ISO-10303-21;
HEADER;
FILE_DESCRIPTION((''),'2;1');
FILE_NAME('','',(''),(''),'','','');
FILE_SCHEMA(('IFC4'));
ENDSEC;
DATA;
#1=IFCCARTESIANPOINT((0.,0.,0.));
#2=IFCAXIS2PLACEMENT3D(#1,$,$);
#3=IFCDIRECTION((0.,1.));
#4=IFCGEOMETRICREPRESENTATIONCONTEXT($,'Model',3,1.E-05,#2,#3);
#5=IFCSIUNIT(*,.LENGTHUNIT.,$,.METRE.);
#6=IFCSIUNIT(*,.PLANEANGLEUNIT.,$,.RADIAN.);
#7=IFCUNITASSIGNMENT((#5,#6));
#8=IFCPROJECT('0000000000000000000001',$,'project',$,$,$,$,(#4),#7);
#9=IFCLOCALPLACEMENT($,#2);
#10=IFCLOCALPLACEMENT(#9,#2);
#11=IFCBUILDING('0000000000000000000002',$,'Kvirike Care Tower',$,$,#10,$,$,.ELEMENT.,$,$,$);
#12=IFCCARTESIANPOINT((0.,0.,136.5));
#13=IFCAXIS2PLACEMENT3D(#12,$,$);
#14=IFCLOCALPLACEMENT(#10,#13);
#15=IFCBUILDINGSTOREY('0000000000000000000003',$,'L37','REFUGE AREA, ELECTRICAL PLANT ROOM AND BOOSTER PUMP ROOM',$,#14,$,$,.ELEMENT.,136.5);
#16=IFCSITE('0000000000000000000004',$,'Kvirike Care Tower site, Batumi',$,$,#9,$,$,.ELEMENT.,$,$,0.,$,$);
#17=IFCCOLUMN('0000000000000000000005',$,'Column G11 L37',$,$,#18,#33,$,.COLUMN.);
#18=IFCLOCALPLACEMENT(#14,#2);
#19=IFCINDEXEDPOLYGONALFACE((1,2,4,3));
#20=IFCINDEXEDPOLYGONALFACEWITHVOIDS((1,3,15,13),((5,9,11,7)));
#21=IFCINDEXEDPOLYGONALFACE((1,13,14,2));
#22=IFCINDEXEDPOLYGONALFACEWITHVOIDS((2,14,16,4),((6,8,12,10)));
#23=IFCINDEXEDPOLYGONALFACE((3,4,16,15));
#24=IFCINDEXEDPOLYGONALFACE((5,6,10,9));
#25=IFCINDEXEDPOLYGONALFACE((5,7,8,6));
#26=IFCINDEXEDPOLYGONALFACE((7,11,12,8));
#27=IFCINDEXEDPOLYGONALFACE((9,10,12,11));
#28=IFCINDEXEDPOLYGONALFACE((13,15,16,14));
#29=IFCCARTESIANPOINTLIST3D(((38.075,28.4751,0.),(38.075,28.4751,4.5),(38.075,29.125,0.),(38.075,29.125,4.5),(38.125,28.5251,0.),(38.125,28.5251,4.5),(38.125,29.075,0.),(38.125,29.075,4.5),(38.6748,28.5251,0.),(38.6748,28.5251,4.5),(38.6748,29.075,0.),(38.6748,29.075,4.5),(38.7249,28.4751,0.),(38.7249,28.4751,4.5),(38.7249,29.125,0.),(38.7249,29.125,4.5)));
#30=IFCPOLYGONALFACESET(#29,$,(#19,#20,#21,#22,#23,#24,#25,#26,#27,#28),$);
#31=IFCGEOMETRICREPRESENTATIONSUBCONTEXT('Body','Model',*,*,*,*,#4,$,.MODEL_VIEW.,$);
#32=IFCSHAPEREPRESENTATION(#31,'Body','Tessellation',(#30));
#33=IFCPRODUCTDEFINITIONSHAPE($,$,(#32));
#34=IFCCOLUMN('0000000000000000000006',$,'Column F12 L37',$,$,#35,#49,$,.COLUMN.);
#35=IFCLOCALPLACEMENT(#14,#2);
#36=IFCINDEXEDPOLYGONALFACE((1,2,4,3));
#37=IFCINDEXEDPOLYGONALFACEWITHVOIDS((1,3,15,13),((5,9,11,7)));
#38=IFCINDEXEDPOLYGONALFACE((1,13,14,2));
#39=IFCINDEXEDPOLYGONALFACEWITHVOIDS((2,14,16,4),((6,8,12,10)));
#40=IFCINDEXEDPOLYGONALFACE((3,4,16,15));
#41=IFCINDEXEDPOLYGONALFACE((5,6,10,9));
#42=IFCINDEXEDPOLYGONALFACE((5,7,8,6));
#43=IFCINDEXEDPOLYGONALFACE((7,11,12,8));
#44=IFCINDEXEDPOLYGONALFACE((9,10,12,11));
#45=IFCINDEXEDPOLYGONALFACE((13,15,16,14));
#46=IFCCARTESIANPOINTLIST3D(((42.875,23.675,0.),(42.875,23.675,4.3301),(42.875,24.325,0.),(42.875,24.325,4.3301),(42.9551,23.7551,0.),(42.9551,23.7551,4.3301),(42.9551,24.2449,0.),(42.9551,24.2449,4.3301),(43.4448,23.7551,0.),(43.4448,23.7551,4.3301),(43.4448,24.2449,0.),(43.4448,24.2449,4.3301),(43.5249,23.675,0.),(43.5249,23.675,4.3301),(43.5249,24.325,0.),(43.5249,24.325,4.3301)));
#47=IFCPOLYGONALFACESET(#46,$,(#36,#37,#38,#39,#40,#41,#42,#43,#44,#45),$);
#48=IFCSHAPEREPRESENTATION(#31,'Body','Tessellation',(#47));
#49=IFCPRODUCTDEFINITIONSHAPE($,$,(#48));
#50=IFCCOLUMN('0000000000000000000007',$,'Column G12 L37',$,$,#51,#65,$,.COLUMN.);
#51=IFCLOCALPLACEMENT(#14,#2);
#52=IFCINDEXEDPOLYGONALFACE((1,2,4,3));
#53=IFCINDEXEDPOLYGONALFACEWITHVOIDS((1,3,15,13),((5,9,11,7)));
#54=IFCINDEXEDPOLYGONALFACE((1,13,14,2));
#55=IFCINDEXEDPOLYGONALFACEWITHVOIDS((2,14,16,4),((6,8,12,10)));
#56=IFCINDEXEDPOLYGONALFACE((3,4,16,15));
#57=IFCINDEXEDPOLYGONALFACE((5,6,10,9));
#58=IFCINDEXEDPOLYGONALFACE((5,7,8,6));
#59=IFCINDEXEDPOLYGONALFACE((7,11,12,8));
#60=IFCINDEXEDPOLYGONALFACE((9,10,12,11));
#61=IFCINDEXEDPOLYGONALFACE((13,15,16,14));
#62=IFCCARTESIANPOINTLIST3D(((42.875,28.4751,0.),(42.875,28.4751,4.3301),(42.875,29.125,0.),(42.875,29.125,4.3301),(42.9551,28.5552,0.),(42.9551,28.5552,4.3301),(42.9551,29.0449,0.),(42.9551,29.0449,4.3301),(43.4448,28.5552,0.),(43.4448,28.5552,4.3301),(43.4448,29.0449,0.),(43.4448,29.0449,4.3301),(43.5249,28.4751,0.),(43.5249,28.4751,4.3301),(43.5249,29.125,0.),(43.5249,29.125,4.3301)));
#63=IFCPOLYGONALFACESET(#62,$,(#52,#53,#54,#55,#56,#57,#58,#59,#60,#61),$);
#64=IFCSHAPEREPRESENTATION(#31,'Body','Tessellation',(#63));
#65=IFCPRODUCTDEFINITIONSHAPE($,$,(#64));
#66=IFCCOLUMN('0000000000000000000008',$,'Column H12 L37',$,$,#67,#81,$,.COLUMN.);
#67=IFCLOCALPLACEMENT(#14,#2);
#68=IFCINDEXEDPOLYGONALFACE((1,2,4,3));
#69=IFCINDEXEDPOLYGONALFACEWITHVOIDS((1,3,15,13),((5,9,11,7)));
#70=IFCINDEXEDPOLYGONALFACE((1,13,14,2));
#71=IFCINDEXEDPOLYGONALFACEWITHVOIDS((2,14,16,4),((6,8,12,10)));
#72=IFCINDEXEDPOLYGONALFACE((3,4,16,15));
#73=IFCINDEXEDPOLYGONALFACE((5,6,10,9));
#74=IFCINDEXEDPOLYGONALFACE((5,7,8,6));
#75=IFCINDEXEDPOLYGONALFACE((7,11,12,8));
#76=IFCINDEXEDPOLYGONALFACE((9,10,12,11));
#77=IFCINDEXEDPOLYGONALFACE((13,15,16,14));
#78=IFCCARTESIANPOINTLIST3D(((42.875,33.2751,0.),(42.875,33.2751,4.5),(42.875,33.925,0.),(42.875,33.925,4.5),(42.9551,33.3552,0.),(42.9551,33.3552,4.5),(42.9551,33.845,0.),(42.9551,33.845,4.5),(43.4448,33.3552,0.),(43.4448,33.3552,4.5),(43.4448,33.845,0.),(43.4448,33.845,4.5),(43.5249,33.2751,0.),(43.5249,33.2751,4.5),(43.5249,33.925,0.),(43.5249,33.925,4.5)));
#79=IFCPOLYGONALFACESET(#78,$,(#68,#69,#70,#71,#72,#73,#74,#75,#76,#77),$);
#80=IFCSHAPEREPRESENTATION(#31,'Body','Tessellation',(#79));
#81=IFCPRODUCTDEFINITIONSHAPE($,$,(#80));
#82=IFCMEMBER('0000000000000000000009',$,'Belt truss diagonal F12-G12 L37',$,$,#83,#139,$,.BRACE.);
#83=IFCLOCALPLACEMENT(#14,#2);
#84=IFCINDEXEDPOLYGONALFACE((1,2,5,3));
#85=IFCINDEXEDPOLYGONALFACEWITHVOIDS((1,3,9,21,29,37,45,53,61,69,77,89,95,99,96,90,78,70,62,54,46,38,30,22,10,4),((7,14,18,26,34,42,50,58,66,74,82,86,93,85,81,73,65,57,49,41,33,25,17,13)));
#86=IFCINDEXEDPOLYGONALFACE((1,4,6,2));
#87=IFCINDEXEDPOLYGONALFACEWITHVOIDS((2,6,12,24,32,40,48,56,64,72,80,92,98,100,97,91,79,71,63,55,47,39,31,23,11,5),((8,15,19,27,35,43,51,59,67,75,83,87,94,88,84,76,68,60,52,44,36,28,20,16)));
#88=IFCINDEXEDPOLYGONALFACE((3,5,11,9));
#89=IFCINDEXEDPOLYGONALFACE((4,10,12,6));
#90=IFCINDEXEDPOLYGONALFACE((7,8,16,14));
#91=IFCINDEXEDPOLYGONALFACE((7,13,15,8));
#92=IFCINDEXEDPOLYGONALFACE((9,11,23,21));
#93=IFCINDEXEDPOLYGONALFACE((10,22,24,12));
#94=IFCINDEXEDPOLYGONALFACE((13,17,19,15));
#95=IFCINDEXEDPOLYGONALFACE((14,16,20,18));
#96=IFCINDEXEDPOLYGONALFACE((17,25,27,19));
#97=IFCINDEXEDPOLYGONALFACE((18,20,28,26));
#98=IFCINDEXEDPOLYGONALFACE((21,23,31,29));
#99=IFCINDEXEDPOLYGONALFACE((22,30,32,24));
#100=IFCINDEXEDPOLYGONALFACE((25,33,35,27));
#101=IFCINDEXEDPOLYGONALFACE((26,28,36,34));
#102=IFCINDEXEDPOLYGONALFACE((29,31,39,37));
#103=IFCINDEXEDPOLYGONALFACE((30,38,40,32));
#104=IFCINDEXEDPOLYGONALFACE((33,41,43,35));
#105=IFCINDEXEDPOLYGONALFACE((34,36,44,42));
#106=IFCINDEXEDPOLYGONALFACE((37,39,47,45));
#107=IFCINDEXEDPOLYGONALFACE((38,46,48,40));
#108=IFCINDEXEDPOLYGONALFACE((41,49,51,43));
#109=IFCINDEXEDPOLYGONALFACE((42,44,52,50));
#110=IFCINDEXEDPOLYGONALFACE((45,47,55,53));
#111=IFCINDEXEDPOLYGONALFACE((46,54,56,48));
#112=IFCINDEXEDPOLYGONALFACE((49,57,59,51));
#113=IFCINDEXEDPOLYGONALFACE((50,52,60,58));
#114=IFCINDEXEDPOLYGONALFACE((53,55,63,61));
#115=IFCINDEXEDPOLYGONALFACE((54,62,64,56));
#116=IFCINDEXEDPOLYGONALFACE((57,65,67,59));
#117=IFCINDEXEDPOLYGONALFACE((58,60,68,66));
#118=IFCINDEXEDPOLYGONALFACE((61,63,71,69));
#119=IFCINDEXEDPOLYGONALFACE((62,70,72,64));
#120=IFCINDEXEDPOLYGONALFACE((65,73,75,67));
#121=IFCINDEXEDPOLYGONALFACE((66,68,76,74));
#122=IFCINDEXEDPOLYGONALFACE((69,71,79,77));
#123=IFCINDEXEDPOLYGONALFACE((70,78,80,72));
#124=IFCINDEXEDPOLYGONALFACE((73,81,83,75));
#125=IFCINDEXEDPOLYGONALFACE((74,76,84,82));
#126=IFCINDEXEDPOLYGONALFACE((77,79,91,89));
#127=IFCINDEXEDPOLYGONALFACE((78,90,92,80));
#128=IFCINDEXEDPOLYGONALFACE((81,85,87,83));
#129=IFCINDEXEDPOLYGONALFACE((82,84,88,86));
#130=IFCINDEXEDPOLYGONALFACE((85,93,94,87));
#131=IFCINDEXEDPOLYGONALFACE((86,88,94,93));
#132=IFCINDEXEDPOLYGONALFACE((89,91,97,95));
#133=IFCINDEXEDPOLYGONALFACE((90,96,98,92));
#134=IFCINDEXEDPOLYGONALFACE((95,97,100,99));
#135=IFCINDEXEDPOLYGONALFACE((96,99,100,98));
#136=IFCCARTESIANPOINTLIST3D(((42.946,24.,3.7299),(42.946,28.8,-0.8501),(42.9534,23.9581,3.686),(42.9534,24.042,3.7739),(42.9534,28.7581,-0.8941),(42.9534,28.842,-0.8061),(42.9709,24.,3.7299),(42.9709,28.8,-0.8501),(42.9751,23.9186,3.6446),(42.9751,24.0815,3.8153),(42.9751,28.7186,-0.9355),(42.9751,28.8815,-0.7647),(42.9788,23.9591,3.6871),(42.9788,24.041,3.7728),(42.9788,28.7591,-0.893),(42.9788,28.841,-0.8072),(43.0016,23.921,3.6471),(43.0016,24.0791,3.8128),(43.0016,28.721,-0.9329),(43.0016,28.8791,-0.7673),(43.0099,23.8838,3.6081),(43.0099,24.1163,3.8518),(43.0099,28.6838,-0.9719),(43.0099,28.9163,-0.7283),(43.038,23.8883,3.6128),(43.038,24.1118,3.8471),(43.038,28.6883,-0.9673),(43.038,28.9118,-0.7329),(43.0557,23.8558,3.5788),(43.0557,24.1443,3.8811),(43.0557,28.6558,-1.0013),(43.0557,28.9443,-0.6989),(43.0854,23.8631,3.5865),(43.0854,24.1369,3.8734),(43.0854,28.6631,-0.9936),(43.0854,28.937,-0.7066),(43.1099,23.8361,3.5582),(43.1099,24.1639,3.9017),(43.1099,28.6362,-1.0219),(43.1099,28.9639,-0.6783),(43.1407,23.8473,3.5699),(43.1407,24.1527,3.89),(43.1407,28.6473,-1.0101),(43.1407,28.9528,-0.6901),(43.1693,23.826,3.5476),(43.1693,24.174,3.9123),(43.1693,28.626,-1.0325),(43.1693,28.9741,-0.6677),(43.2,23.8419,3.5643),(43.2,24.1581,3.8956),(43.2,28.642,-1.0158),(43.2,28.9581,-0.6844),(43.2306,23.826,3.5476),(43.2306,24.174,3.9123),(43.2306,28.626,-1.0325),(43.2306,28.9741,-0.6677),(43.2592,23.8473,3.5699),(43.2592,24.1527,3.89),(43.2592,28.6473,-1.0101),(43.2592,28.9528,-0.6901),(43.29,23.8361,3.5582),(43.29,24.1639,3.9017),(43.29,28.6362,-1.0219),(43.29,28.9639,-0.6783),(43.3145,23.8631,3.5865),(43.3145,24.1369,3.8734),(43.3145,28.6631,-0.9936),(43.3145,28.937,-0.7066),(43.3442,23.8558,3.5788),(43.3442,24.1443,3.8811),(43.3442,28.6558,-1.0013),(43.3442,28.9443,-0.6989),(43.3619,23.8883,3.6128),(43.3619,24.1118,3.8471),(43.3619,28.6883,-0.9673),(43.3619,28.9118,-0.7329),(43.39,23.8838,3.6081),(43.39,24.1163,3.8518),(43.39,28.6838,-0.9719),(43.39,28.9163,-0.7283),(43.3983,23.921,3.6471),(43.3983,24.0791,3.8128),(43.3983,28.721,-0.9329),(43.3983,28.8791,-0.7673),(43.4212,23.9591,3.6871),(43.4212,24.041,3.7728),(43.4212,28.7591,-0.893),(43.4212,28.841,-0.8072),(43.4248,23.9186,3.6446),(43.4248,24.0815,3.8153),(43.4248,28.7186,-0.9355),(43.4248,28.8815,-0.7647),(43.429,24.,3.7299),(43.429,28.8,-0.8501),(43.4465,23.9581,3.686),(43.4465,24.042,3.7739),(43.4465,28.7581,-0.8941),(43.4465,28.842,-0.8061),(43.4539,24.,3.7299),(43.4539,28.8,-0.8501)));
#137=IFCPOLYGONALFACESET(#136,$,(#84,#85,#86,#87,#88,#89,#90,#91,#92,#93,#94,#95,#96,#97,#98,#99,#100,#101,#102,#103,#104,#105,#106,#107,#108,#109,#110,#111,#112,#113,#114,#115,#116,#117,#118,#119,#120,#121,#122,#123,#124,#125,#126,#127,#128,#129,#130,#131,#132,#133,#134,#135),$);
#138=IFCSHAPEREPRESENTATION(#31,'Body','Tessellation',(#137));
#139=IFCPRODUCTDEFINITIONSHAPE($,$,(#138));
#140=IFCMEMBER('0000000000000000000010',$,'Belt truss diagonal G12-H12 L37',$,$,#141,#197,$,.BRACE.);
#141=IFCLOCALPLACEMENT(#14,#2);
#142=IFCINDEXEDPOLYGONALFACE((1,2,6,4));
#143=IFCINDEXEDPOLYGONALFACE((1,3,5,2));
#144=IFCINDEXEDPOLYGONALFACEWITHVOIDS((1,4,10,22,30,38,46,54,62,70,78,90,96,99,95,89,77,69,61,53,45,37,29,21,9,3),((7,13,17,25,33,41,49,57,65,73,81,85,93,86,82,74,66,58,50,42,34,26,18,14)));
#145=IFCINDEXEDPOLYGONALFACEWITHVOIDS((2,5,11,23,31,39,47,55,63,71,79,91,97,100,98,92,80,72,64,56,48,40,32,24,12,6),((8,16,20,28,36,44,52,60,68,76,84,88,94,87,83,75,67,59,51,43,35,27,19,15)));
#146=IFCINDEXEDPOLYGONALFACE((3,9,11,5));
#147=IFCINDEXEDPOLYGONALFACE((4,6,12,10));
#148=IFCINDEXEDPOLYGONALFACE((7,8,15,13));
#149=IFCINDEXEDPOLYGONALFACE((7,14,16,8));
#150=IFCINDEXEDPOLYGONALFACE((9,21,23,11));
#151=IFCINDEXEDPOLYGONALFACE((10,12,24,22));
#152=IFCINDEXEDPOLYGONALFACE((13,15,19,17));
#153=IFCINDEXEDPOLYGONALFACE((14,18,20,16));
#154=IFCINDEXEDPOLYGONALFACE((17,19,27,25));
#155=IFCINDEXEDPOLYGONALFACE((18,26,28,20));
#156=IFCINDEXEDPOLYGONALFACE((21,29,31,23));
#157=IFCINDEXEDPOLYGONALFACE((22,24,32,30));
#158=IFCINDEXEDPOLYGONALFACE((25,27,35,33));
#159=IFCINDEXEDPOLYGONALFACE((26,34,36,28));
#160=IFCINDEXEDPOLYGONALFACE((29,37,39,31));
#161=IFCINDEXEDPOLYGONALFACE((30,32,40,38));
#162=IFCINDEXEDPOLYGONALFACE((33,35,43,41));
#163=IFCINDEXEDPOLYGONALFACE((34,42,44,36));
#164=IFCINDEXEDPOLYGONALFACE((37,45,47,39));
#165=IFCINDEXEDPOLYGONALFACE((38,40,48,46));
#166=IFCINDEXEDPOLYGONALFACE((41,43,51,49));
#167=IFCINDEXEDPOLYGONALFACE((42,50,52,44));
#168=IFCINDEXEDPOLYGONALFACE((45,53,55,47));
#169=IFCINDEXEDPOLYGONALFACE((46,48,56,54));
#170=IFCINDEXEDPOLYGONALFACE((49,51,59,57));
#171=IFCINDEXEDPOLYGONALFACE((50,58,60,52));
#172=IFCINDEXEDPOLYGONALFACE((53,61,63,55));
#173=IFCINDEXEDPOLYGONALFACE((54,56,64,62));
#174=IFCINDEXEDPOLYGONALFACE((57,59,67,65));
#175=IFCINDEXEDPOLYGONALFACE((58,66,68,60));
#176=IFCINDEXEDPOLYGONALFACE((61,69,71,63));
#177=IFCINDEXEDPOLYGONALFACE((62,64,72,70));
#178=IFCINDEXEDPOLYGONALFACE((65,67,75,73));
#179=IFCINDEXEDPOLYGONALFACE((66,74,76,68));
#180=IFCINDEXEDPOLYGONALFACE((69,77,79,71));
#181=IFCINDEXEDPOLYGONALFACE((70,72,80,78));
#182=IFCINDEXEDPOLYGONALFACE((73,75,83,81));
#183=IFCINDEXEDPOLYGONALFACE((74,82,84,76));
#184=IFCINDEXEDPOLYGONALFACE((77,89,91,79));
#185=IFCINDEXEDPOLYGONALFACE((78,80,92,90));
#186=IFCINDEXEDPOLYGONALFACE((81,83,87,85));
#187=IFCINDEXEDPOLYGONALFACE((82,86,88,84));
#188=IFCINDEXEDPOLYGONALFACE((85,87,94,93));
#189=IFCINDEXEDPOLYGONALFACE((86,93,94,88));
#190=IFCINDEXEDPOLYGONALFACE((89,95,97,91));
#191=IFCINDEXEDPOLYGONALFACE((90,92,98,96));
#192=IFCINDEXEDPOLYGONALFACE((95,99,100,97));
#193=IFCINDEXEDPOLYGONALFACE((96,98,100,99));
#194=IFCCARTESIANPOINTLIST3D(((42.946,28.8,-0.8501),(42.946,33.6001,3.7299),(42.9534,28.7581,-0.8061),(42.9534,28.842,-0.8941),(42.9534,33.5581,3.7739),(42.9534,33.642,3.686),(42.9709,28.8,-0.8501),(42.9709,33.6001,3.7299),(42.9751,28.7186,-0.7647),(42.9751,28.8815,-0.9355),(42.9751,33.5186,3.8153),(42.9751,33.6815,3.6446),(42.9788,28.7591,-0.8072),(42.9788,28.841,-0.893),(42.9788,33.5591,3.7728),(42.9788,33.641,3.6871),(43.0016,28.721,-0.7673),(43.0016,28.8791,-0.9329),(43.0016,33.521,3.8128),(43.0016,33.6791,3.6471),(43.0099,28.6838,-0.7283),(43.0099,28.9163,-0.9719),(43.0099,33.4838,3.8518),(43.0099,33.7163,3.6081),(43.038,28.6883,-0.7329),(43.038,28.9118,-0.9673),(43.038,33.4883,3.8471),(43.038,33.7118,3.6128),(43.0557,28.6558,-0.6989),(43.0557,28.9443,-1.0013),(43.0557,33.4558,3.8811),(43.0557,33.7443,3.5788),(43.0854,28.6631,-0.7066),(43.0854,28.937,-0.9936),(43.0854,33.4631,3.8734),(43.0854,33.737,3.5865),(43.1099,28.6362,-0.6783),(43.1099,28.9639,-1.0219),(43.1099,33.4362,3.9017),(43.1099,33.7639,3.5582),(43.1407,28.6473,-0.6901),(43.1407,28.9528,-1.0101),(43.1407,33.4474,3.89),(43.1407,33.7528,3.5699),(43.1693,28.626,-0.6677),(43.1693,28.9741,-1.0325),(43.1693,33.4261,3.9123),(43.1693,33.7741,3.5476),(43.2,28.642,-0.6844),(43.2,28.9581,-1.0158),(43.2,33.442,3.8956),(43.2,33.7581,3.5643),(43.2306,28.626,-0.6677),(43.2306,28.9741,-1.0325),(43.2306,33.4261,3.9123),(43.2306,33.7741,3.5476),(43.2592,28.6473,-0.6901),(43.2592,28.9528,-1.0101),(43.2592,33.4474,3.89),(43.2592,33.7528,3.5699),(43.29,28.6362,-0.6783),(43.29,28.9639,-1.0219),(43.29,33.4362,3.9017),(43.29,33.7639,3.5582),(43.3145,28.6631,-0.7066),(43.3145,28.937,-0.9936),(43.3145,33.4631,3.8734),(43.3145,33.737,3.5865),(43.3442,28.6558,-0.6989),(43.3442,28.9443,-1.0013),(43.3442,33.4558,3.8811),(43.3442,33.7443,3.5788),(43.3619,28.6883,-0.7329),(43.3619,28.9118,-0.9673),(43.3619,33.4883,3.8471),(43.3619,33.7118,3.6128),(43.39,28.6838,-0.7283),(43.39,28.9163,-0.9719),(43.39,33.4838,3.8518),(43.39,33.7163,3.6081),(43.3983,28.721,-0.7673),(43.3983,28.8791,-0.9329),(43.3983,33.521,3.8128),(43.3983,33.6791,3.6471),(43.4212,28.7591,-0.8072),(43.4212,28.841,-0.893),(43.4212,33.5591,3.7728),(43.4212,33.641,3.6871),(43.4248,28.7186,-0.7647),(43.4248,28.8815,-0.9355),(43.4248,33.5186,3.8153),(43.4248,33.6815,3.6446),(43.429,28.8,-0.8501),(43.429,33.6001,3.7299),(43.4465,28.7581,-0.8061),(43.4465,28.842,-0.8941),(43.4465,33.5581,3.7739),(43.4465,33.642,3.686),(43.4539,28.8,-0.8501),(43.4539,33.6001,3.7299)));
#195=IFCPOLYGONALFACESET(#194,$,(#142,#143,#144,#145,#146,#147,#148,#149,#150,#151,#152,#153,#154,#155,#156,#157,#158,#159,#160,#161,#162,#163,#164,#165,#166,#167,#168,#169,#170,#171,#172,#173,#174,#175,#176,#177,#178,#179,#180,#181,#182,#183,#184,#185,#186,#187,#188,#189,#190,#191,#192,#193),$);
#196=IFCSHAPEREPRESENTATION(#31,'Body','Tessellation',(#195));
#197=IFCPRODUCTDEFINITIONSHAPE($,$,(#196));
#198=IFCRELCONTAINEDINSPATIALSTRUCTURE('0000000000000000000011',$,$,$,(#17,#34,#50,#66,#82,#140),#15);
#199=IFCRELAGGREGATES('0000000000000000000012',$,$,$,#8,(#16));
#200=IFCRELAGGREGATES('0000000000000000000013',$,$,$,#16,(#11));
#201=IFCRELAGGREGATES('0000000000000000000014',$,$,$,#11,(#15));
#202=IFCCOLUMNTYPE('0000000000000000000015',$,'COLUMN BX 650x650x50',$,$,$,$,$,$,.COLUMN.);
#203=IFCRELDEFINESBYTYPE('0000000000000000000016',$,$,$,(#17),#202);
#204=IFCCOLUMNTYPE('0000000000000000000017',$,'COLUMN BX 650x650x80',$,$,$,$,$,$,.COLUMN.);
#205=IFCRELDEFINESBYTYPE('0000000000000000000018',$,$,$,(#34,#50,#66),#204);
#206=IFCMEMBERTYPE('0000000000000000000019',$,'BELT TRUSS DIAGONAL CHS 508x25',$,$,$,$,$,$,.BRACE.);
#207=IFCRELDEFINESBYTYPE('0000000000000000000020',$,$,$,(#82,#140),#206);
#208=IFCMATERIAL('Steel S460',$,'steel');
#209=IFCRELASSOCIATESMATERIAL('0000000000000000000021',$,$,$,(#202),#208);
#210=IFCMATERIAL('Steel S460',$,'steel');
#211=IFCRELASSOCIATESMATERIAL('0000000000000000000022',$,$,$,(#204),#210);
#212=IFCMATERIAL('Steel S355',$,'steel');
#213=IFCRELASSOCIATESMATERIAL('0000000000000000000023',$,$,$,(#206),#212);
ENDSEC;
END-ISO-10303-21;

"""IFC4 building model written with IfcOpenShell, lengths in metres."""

from ifc_helpers import new_model, si_unit, direction, frame, origin, origin_2d, place, context, subcontext, project, spatial, hollow_rectangle, hollow_circle, extrude, material, material_profile, profile_set, type_object, element, save


model = new_model("IFC4")

# Units and contexts
model_context = context("Model", 3, precision=1e-05, world=origin(), true_north=direction((0.0, 1.0)))
body_context = subcontext(model_context, "Body", "Model", "MODEL_VIEW")
ifc_project = project(units=[si_unit("LENGTHUNIT", "METRE"), si_unit("PLANEANGLEUNIT", "RADIAN")], contexts=[model_context])

# Site, building, storey
site_placement = place(None, origin())
site = spatial("IfcSite", under=ifc_project, at=site_placement, Name="Kvirike Care Tower site, Batumi", CompositionType="ELEMENT", RefElevation=0.0)
building_placement = place(site_placement, origin())
building = spatial("IfcBuilding", under=site, at=building_placement, Name="Kvirike Care Tower", CompositionType="ELEMENT")
storey_placement = place(building_placement, frame((0.0, 0.0, 136.5)))
storey = spatial("IfcBuildingStorey", under=building, at=storey_placement, Name="L37", Description="REFUGE AREA, ELECTRICAL PLANT ROOM AND BOOSTER PUMP ROOM", CompositionType="ELEMENT", Elevation=136.5)

# Columns
ifc_material_1 = material(Name="Steel S460", Category="steel")
ifc_material_profile_1 = material_profile(ifc_material_1, hollow_rectangle(XDim=0.6499, YDim=0.6499, WallThickness=0.05, at=origin_2d()), Name="BX 650x650x50")
ifc_profile_set_1 = profile_set([ifc_material_profile_1], Name="Steel S460")
column_type_1 = type_object("IfcColumnType", Name="COLUMN BX 650x650x50", PredefinedType="COLUMN", material=ifc_profile_set_1)
column_1_placement = place(storey_placement, frame((38.3999, 28.8, 0.0), z_axis=(0.0, 0.0, 1.0), x_axis=(0.0, 1.0, 0.0)))
element("IfcColumn", 1, at=column_1_placement, inside=storey, type_object=column_type_1, Name="Column G11 L37", PredefinedType="COLUMN", context=body_context, shape_type="SweptSolid", body=[
    extrude(hollow_rectangle(XDim=0.6499, YDim=0.6499, WallThickness=0.05, at=origin_2d()), origin(), (0.0, 0.0, 1.0), 4.5),
])
ifc_material_2 = material(Name="Steel S460", Category="steel")
ifc_material_profile_2 = material_profile(ifc_material_2, hollow_rectangle(XDim=0.6499, YDim=0.6499, WallThickness=0.0801, at=origin_2d()), Name="BX 650x650x80")
ifc_profile_set_2 = profile_set([ifc_material_profile_2], Name="Steel S460")
column_type_2 = type_object("IfcColumnType", Name="COLUMN BX 650x650x80", PredefinedType="COLUMN", material=ifc_profile_set_2)
for number, where, z_axis, x_axis, name in (
    (2, (43.2, 24.0, 0.0), (0.0, 0.0, 1.0), (1.0, 0.0, 0.0), "Column F12 L37"),
    (3, (43.2, 28.8, 0.0), (0.0, 0.0, 1.0), (0.0, 1.0, 0.0), "Column G12 L37"),
):
    element("IfcColumn", number, at=place(storey_placement, frame(where, z_axis=z_axis, x_axis=x_axis)), inside=storey, type_object=column_type_2, Name=name, PredefinedType="COLUMN", context=body_context, shape_type="SweptSolid", body=[
        extrude(hollow_rectangle(XDim=0.6499, YDim=0.6499, WallThickness=0.0801, at=origin_2d()), origin(), (0.0, 0.0, 1.0), 4.3301),
    ])
column_2_placement = place(storey_placement, frame((43.2, 33.6001, 0.0), z_axis=(0.0, 0.0, 1.0), x_axis=(1.0, 0.0, 0.0)))
element("IfcColumn", 4, at=column_2_placement, inside=storey, type_object=column_type_2, Name="Column H12 L37", PredefinedType="COLUMN", context=body_context, shape_type="SweptSolid", body=[
    extrude(hollow_rectangle(XDim=0.6499, YDim=0.6499, WallThickness=0.0801, at=origin_2d()), origin(), (0.0, 0.0, 1.0), 4.5),
])

# Members
ifc_material_3 = material(Name="Steel S355", Category="steel")
ifc_material_profile_3 = material_profile(ifc_material_3, hollow_circle(Radius=0.2539, WallThickness=0.0249, at=origin_2d()), Name="CHS 508x25")
ifc_profile_set_3 = profile_set([ifc_material_profile_3], Name="Steel S355")
member_type_1 = type_object("IfcMemberType", Name="BELT TRUSS DIAGONAL CHS 508x25", PredefinedType="BRACE", material=ifc_profile_set_3)
for number, where, z_axis, x_axis, name in (
    (5, (43.2, 28.8, -0.8501), (0.0, -0.72349, 0.690335), (1.0, 0.0, 0.0), "Belt truss diagonal F12-G12 L37"),
    (6, (43.2, 28.8, -0.8501), (0.0, 0.72349, 0.690335), (-1.0, 0.0, 0.0), "Belt truss diagonal G12-H12 L37"),
):
    element("IfcMember", number, at=place(storey_placement, frame(where, z_axis=z_axis, x_axis=x_axis)), inside=storey, type_object=member_type_1, Name=name, PredefinedType="BRACE", context=body_context, shape_type="SweptSolid", body=[
        extrude(hollow_circle(Radius=0.2539, WallThickness=0.0249, at=origin_2d()), origin(), (0.0, 0.0, 1.0), 6.6345),
    ])

save(model, "model.ifc")
